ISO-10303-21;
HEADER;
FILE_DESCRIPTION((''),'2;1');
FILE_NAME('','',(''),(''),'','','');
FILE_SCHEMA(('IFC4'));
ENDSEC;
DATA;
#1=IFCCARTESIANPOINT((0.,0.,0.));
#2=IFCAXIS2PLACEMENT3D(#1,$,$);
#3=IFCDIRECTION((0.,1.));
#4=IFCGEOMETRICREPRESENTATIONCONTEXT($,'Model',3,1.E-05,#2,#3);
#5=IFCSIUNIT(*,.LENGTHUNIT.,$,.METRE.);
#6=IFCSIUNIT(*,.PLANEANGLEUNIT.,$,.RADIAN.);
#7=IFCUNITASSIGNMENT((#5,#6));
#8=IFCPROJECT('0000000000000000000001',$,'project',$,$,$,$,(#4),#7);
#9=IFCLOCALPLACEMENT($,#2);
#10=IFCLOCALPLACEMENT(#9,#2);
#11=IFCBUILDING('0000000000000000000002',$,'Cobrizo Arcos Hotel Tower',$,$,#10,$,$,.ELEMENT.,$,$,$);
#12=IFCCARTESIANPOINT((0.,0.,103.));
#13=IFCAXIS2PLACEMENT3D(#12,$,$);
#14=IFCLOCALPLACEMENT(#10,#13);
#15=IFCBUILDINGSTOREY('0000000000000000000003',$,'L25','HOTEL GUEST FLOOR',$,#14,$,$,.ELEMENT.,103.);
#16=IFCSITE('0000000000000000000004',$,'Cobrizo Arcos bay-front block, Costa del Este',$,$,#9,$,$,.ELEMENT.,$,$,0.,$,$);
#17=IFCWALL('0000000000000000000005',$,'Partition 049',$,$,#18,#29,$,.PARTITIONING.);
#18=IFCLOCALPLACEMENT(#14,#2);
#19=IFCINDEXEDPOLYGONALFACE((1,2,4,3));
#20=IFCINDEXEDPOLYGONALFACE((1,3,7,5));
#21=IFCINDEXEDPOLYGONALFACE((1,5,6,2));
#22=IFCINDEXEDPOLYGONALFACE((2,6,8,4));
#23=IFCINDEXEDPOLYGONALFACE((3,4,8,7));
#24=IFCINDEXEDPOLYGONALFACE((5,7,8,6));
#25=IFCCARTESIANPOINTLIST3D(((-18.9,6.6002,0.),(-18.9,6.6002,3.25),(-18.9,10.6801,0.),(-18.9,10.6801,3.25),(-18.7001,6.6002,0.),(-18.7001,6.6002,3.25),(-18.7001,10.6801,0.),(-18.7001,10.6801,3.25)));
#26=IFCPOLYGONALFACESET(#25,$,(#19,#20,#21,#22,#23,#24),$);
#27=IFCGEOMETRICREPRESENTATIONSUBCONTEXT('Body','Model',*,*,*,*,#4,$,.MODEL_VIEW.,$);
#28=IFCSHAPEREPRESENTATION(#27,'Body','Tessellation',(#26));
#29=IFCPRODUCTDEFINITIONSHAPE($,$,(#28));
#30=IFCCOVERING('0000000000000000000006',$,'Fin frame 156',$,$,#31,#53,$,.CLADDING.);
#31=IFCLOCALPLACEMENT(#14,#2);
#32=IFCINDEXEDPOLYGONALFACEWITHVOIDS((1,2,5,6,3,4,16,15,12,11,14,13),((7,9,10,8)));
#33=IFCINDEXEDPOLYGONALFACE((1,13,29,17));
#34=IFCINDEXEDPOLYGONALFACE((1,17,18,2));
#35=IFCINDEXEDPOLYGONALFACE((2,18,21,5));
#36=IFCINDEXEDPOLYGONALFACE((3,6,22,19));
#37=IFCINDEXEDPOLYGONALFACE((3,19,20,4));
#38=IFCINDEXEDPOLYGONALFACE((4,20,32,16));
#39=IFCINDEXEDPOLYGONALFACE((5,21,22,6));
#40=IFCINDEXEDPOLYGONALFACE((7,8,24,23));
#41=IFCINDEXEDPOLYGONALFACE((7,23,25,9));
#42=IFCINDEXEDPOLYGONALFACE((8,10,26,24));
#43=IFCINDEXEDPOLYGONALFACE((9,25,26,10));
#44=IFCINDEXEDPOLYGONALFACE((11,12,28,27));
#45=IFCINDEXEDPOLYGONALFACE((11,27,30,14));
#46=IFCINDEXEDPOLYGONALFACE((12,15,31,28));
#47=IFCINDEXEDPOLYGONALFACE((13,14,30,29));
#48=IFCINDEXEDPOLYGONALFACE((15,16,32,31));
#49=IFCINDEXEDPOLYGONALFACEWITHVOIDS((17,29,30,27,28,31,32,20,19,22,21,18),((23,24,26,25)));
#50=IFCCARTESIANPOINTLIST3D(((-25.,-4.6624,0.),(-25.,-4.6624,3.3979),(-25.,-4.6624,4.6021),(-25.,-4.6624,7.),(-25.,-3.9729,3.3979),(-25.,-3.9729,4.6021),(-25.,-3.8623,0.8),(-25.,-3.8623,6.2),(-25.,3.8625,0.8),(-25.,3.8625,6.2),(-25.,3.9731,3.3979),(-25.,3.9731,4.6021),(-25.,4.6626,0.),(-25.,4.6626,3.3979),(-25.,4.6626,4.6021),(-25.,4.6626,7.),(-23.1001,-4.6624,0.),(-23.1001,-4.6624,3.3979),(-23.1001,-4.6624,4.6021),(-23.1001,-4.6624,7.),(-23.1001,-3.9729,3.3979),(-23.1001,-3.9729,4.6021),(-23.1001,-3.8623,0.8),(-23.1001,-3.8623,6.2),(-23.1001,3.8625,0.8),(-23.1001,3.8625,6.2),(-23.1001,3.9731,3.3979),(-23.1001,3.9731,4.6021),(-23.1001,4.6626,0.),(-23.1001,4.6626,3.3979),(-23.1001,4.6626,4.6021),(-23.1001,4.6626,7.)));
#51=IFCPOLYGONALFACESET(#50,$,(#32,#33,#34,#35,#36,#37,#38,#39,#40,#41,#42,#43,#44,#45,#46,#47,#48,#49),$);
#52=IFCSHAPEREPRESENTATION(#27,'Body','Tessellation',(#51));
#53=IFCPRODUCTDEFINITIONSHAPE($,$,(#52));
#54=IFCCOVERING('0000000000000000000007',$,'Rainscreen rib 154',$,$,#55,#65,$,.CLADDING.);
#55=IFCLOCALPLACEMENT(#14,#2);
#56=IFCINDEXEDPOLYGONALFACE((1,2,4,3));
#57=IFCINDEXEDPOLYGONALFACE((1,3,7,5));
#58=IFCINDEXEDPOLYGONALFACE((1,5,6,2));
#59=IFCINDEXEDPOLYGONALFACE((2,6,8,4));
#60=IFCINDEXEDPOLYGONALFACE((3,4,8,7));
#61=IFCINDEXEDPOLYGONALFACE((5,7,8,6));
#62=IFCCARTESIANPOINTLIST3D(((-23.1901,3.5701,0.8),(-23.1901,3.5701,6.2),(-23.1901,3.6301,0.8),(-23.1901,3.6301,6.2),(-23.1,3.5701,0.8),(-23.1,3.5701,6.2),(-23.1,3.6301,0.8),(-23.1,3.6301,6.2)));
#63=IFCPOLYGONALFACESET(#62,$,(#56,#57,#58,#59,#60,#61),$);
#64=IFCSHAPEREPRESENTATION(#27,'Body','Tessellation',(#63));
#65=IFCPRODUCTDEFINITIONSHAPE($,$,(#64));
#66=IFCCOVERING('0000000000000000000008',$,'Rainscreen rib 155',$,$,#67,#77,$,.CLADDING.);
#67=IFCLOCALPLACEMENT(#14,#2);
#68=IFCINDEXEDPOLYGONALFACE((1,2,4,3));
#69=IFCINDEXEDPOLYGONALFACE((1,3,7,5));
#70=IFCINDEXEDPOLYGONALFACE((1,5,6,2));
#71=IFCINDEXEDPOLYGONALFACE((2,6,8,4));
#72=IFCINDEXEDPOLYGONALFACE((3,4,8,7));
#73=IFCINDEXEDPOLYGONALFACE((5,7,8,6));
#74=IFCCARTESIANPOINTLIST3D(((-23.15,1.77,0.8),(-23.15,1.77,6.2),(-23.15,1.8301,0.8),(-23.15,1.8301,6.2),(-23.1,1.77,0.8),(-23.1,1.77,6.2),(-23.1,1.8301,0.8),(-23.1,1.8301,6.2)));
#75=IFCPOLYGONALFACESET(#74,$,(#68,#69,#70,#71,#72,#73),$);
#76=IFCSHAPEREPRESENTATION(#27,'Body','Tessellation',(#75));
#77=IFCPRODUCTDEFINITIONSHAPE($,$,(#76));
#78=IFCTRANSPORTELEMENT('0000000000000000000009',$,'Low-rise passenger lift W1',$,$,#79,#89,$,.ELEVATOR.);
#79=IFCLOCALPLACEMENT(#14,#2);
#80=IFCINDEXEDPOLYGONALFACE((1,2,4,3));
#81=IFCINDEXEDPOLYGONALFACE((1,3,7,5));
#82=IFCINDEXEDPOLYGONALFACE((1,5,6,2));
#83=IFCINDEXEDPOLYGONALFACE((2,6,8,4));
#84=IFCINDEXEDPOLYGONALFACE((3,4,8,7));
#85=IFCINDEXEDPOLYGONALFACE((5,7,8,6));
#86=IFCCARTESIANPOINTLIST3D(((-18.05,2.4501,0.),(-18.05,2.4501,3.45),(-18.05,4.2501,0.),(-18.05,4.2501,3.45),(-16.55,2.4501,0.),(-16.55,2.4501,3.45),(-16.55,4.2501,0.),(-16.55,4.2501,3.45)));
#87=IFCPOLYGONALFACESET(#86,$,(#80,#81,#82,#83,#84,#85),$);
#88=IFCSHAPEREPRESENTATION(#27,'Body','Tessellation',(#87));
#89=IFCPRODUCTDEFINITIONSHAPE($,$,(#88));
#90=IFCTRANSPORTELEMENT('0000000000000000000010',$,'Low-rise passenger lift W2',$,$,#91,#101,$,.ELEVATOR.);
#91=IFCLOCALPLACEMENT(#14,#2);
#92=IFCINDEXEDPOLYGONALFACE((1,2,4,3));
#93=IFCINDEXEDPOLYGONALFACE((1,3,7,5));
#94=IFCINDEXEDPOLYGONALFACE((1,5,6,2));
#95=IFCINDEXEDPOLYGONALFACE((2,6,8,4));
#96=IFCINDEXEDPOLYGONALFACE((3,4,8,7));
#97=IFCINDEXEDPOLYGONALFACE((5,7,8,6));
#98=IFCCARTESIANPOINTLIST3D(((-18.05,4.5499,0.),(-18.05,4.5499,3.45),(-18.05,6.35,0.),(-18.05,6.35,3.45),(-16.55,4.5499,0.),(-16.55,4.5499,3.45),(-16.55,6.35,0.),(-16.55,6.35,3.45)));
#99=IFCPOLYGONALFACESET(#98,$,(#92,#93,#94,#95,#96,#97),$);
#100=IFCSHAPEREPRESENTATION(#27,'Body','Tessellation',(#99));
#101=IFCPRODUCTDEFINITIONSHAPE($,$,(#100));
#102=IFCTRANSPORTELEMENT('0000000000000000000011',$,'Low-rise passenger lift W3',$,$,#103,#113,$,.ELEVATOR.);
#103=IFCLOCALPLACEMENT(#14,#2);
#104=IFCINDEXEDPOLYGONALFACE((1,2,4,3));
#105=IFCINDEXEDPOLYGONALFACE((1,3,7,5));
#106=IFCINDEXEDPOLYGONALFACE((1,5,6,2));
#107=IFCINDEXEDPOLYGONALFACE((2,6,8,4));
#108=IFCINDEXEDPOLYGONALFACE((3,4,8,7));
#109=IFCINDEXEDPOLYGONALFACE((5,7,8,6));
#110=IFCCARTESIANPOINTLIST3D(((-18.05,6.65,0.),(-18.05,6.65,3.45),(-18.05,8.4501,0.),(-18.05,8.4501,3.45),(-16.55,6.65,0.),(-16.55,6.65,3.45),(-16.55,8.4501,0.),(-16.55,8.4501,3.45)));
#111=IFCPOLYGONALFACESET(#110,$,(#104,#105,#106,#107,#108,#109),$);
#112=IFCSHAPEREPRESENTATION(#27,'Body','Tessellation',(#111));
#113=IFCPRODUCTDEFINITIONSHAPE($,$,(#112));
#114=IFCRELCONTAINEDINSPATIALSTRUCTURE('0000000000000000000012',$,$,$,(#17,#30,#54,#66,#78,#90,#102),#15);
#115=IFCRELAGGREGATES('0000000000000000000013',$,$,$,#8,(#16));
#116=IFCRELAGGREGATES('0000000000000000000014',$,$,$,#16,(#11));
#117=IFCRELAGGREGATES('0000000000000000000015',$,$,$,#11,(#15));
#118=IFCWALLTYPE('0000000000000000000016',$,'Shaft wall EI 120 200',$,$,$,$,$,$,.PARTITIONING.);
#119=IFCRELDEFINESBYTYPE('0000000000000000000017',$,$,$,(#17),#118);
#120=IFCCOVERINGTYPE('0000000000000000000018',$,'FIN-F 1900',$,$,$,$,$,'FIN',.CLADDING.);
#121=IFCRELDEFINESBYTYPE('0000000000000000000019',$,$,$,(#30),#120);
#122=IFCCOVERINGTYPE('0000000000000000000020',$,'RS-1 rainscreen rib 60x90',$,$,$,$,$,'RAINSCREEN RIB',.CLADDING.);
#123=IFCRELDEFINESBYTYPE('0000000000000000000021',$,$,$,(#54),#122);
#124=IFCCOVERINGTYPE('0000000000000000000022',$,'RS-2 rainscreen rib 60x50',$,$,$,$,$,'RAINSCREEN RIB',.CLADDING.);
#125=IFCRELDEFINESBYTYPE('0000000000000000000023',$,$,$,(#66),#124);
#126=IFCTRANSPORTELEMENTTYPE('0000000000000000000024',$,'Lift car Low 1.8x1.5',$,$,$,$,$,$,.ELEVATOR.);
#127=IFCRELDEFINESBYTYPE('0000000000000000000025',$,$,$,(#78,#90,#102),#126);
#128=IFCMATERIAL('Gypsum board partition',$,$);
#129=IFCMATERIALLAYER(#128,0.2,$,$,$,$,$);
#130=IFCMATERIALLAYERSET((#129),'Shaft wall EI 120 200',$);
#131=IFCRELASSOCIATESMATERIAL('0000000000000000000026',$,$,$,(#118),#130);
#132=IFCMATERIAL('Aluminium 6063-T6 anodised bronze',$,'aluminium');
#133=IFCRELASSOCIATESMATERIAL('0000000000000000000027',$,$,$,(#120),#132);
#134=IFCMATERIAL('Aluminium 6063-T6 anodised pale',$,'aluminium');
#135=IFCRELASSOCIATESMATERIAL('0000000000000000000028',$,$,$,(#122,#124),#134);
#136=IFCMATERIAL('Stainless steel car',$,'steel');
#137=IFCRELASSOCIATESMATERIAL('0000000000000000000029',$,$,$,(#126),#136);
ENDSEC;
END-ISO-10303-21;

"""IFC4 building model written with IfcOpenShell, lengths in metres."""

from ifc_helpers import new_model, si_unit, direction, frame, frame_2d, origin, origin_2d, place, context, subcontext, project, spatial, polyline, rectangle, outline, extrude, material, layer, layer_set, type_object, element, save


model = new_model("IFC4")

# Units and contexts
model_context = context("Model", 3, precision=1e-05, world=origin(), true_north=direction((0.0, 1.0)))
body_context = subcontext(model_context, "Body", "Model", "MODEL_VIEW")
ifc_project = project(units=[si_unit("LENGTHUNIT", "METRE"), si_unit("PLANEANGLEUNIT", "RADIAN")], contexts=[model_context])

# Site, building, storey
site_placement = place(None, origin())
site = spatial("IfcSite", under=ifc_project, at=site_placement, Name="Cobrizo Arcos bay-front block, Costa del Este", CompositionType="ELEMENT", RefElevation=0.0)
building_placement = place(site_placement, origin())
building = spatial("IfcBuilding", under=site, at=building_placement, Name="Cobrizo Arcos Hotel Tower", CompositionType="ELEMENT")
storey_placement = place(building_placement, frame((0.0, 0.0, 103.0)))
storey = spatial("IfcBuildingStorey", under=building, at=storey_placement, Name="L25", Description="HOTEL GUEST FLOOR", CompositionType="ELEMENT", Elevation=103.0)

# Shared definitions
ifc_material_1 = material(Name="Aluminium 6063-T6 anodised bronze", Category="aluminium")

# Shared definitions
ifc_material_2 = material(Name="Gypsum board partition")

# Wall
ifc_layer_1 = layer(ifc_material_2, 0.2)
ifc_layer_set_1 = layer_set([ifc_layer_1], Name="Shaft wall EI 120 200")
wall_type_1 = type_object("IfcWallType", Name="Shaft wall EI 120 200", PredefinedType="PARTITIONING", material=ifc_layer_set_1)
wall_1_placement = place(storey_placement, frame((-18.8, 6.6001, 0.0), z_axis=(0.0, 0.0, 1.0), x_axis=(0.0, 1.0, 0.0)))
element("IfcWall", 1, at=wall_1_placement, inside=storey, type_object=wall_type_1, Name="Partition 049", PredefinedType="PARTITIONING", context=body_context, shape_type="SweptSolid", body=[
    extrude(rectangle(XDim=4.0798, YDim=0.2, at=frame_2d((2.04, 0.0))), origin(), (0.0, 0.0, 1.0), 3.25),
])

# Coverings
covering_type_1 = type_object("IfcCoveringType", Name="FIN-F 1900", ElementType="FIN", PredefinedType="CLADDING", material=ifc_material_1)
covering_1_placement = place(storey_placement, frame((-23.1001, 4.6626, 0.0), z_axis=(-1.0, 0.0, 0.0), x_axis=(0.0, -1.0, 0.0)))
element("IfcCovering", 2, at=covering_1_placement, inside=storey, type_object=covering_type_1, Name="Fin frame 156", PredefinedType="CLADDING", context=body_context, shape_type="SweptSolid", body=[
    extrude(outline(polyline([(9.325, 0.0), (9.325, 3.3979), (8.6355, 3.3979), (8.6355, 4.6021), (9.325, 4.6021), (9.325, 7.0), (0.0, 7.0), (0.0, 4.6021), (0.6895, 4.6021), (0.6895, 3.3979), (0.0, 3.3979), (0.0, 0.0), (9.325, 0.0)]), holes=[polyline([(8.5249, 0.8), (0.8, 0.8), (0.8, 6.2), (8.5249, 6.2), (8.5249, 0.8)])]), origin(), (0.0, 0.0, 1.0), 1.8999),
])
ifc_material_3 = material(Name="Aluminium 6063-T6 anodised pale", Category="aluminium")
covering_type_2 = type_object("IfcCoveringType", Name="RS-1 rainscreen rib 60x90", ElementType="RAINSCREEN RIB", PredefinedType="CLADDING", material=ifc_material_3)
covering_2_placement = place(storey_placement, frame((-23.145, 3.6001, 0.8), z_axis=(0.0, 0.0, 1.0), x_axis=(0.0, -1.0, 0.0)))
element("IfcCovering", 3, at=covering_2_placement, inside=storey, type_object=covering_type_2, Name="Rainscreen rib 154", PredefinedType="CLADDING", context=body_context, shape_type="SweptSolid", body=[
    extrude(rectangle(XDim=0.0601, YDim=0.0901, at=origin_2d()), origin(), (0.0, 0.0, 1.0), 5.3999),
])
covering_type_3 = type_object("IfcCoveringType", Name="RS-2 rainscreen rib 60x50", ElementType="RAINSCREEN RIB", PredefinedType="CLADDING", material=ifc_material_3)
covering_3_placement = place(storey_placement, frame((-23.125, 1.8, 0.8), z_axis=(0.0, 0.0, 1.0), x_axis=(0.0, -1.0, 0.0)))
element("IfcCovering", 4, at=covering_3_placement, inside=storey, type_object=covering_type_3, Name="Rainscreen rib 155", PredefinedType="CLADDING", context=body_context, shape_type="SweptSolid", body=[
    extrude(rectangle(XDim=0.0601, YDim=0.05, at=origin_2d()), origin(), (0.0, 0.0, 1.0), 5.3999),
])

# Transport elements
ifc_material_4 = material(Name="Stainless steel car", Category="steel")
transport_element_type = type_object("IfcTransportElementType", Name="Lift car Low 1.8x1.5", PredefinedType="ELEVATOR", material=ifc_material_4)
for number, where, z_axis, x_axis, name in (
    (5, (-17.3, 3.3501, 0.0), (0.0, 0.0, 1.0), (1.0, 0.0, 0.0), "Low-rise passenger lift W1"),
    (6, (-17.3, 5.45, 0.0), (0.0, 0.0, 1.0), (1.0, 0.0, 0.0), "Low-rise passenger lift W2"),
    (7, (-17.3, 7.55, 0.0), (0.0, 0.0, 1.0), (1.0, 0.0, 0.0), "Low-rise passenger lift W3"),
):
    element("IfcTransportElement", number, at=place(storey_placement, frame(where, z_axis=z_axis, x_axis=x_axis)), inside=storey, type_object=transport_element_type, Name=name, PredefinedType="ELEVATOR", context=body_context, shape_type="SweptSolid", body=[
        extrude(rectangle(XDim=1.5, YDim=1.8, at=origin_2d()), origin(), (0.0, 0.0, 1.0), 3.45),
    ])

save(model, "model.ifc")
